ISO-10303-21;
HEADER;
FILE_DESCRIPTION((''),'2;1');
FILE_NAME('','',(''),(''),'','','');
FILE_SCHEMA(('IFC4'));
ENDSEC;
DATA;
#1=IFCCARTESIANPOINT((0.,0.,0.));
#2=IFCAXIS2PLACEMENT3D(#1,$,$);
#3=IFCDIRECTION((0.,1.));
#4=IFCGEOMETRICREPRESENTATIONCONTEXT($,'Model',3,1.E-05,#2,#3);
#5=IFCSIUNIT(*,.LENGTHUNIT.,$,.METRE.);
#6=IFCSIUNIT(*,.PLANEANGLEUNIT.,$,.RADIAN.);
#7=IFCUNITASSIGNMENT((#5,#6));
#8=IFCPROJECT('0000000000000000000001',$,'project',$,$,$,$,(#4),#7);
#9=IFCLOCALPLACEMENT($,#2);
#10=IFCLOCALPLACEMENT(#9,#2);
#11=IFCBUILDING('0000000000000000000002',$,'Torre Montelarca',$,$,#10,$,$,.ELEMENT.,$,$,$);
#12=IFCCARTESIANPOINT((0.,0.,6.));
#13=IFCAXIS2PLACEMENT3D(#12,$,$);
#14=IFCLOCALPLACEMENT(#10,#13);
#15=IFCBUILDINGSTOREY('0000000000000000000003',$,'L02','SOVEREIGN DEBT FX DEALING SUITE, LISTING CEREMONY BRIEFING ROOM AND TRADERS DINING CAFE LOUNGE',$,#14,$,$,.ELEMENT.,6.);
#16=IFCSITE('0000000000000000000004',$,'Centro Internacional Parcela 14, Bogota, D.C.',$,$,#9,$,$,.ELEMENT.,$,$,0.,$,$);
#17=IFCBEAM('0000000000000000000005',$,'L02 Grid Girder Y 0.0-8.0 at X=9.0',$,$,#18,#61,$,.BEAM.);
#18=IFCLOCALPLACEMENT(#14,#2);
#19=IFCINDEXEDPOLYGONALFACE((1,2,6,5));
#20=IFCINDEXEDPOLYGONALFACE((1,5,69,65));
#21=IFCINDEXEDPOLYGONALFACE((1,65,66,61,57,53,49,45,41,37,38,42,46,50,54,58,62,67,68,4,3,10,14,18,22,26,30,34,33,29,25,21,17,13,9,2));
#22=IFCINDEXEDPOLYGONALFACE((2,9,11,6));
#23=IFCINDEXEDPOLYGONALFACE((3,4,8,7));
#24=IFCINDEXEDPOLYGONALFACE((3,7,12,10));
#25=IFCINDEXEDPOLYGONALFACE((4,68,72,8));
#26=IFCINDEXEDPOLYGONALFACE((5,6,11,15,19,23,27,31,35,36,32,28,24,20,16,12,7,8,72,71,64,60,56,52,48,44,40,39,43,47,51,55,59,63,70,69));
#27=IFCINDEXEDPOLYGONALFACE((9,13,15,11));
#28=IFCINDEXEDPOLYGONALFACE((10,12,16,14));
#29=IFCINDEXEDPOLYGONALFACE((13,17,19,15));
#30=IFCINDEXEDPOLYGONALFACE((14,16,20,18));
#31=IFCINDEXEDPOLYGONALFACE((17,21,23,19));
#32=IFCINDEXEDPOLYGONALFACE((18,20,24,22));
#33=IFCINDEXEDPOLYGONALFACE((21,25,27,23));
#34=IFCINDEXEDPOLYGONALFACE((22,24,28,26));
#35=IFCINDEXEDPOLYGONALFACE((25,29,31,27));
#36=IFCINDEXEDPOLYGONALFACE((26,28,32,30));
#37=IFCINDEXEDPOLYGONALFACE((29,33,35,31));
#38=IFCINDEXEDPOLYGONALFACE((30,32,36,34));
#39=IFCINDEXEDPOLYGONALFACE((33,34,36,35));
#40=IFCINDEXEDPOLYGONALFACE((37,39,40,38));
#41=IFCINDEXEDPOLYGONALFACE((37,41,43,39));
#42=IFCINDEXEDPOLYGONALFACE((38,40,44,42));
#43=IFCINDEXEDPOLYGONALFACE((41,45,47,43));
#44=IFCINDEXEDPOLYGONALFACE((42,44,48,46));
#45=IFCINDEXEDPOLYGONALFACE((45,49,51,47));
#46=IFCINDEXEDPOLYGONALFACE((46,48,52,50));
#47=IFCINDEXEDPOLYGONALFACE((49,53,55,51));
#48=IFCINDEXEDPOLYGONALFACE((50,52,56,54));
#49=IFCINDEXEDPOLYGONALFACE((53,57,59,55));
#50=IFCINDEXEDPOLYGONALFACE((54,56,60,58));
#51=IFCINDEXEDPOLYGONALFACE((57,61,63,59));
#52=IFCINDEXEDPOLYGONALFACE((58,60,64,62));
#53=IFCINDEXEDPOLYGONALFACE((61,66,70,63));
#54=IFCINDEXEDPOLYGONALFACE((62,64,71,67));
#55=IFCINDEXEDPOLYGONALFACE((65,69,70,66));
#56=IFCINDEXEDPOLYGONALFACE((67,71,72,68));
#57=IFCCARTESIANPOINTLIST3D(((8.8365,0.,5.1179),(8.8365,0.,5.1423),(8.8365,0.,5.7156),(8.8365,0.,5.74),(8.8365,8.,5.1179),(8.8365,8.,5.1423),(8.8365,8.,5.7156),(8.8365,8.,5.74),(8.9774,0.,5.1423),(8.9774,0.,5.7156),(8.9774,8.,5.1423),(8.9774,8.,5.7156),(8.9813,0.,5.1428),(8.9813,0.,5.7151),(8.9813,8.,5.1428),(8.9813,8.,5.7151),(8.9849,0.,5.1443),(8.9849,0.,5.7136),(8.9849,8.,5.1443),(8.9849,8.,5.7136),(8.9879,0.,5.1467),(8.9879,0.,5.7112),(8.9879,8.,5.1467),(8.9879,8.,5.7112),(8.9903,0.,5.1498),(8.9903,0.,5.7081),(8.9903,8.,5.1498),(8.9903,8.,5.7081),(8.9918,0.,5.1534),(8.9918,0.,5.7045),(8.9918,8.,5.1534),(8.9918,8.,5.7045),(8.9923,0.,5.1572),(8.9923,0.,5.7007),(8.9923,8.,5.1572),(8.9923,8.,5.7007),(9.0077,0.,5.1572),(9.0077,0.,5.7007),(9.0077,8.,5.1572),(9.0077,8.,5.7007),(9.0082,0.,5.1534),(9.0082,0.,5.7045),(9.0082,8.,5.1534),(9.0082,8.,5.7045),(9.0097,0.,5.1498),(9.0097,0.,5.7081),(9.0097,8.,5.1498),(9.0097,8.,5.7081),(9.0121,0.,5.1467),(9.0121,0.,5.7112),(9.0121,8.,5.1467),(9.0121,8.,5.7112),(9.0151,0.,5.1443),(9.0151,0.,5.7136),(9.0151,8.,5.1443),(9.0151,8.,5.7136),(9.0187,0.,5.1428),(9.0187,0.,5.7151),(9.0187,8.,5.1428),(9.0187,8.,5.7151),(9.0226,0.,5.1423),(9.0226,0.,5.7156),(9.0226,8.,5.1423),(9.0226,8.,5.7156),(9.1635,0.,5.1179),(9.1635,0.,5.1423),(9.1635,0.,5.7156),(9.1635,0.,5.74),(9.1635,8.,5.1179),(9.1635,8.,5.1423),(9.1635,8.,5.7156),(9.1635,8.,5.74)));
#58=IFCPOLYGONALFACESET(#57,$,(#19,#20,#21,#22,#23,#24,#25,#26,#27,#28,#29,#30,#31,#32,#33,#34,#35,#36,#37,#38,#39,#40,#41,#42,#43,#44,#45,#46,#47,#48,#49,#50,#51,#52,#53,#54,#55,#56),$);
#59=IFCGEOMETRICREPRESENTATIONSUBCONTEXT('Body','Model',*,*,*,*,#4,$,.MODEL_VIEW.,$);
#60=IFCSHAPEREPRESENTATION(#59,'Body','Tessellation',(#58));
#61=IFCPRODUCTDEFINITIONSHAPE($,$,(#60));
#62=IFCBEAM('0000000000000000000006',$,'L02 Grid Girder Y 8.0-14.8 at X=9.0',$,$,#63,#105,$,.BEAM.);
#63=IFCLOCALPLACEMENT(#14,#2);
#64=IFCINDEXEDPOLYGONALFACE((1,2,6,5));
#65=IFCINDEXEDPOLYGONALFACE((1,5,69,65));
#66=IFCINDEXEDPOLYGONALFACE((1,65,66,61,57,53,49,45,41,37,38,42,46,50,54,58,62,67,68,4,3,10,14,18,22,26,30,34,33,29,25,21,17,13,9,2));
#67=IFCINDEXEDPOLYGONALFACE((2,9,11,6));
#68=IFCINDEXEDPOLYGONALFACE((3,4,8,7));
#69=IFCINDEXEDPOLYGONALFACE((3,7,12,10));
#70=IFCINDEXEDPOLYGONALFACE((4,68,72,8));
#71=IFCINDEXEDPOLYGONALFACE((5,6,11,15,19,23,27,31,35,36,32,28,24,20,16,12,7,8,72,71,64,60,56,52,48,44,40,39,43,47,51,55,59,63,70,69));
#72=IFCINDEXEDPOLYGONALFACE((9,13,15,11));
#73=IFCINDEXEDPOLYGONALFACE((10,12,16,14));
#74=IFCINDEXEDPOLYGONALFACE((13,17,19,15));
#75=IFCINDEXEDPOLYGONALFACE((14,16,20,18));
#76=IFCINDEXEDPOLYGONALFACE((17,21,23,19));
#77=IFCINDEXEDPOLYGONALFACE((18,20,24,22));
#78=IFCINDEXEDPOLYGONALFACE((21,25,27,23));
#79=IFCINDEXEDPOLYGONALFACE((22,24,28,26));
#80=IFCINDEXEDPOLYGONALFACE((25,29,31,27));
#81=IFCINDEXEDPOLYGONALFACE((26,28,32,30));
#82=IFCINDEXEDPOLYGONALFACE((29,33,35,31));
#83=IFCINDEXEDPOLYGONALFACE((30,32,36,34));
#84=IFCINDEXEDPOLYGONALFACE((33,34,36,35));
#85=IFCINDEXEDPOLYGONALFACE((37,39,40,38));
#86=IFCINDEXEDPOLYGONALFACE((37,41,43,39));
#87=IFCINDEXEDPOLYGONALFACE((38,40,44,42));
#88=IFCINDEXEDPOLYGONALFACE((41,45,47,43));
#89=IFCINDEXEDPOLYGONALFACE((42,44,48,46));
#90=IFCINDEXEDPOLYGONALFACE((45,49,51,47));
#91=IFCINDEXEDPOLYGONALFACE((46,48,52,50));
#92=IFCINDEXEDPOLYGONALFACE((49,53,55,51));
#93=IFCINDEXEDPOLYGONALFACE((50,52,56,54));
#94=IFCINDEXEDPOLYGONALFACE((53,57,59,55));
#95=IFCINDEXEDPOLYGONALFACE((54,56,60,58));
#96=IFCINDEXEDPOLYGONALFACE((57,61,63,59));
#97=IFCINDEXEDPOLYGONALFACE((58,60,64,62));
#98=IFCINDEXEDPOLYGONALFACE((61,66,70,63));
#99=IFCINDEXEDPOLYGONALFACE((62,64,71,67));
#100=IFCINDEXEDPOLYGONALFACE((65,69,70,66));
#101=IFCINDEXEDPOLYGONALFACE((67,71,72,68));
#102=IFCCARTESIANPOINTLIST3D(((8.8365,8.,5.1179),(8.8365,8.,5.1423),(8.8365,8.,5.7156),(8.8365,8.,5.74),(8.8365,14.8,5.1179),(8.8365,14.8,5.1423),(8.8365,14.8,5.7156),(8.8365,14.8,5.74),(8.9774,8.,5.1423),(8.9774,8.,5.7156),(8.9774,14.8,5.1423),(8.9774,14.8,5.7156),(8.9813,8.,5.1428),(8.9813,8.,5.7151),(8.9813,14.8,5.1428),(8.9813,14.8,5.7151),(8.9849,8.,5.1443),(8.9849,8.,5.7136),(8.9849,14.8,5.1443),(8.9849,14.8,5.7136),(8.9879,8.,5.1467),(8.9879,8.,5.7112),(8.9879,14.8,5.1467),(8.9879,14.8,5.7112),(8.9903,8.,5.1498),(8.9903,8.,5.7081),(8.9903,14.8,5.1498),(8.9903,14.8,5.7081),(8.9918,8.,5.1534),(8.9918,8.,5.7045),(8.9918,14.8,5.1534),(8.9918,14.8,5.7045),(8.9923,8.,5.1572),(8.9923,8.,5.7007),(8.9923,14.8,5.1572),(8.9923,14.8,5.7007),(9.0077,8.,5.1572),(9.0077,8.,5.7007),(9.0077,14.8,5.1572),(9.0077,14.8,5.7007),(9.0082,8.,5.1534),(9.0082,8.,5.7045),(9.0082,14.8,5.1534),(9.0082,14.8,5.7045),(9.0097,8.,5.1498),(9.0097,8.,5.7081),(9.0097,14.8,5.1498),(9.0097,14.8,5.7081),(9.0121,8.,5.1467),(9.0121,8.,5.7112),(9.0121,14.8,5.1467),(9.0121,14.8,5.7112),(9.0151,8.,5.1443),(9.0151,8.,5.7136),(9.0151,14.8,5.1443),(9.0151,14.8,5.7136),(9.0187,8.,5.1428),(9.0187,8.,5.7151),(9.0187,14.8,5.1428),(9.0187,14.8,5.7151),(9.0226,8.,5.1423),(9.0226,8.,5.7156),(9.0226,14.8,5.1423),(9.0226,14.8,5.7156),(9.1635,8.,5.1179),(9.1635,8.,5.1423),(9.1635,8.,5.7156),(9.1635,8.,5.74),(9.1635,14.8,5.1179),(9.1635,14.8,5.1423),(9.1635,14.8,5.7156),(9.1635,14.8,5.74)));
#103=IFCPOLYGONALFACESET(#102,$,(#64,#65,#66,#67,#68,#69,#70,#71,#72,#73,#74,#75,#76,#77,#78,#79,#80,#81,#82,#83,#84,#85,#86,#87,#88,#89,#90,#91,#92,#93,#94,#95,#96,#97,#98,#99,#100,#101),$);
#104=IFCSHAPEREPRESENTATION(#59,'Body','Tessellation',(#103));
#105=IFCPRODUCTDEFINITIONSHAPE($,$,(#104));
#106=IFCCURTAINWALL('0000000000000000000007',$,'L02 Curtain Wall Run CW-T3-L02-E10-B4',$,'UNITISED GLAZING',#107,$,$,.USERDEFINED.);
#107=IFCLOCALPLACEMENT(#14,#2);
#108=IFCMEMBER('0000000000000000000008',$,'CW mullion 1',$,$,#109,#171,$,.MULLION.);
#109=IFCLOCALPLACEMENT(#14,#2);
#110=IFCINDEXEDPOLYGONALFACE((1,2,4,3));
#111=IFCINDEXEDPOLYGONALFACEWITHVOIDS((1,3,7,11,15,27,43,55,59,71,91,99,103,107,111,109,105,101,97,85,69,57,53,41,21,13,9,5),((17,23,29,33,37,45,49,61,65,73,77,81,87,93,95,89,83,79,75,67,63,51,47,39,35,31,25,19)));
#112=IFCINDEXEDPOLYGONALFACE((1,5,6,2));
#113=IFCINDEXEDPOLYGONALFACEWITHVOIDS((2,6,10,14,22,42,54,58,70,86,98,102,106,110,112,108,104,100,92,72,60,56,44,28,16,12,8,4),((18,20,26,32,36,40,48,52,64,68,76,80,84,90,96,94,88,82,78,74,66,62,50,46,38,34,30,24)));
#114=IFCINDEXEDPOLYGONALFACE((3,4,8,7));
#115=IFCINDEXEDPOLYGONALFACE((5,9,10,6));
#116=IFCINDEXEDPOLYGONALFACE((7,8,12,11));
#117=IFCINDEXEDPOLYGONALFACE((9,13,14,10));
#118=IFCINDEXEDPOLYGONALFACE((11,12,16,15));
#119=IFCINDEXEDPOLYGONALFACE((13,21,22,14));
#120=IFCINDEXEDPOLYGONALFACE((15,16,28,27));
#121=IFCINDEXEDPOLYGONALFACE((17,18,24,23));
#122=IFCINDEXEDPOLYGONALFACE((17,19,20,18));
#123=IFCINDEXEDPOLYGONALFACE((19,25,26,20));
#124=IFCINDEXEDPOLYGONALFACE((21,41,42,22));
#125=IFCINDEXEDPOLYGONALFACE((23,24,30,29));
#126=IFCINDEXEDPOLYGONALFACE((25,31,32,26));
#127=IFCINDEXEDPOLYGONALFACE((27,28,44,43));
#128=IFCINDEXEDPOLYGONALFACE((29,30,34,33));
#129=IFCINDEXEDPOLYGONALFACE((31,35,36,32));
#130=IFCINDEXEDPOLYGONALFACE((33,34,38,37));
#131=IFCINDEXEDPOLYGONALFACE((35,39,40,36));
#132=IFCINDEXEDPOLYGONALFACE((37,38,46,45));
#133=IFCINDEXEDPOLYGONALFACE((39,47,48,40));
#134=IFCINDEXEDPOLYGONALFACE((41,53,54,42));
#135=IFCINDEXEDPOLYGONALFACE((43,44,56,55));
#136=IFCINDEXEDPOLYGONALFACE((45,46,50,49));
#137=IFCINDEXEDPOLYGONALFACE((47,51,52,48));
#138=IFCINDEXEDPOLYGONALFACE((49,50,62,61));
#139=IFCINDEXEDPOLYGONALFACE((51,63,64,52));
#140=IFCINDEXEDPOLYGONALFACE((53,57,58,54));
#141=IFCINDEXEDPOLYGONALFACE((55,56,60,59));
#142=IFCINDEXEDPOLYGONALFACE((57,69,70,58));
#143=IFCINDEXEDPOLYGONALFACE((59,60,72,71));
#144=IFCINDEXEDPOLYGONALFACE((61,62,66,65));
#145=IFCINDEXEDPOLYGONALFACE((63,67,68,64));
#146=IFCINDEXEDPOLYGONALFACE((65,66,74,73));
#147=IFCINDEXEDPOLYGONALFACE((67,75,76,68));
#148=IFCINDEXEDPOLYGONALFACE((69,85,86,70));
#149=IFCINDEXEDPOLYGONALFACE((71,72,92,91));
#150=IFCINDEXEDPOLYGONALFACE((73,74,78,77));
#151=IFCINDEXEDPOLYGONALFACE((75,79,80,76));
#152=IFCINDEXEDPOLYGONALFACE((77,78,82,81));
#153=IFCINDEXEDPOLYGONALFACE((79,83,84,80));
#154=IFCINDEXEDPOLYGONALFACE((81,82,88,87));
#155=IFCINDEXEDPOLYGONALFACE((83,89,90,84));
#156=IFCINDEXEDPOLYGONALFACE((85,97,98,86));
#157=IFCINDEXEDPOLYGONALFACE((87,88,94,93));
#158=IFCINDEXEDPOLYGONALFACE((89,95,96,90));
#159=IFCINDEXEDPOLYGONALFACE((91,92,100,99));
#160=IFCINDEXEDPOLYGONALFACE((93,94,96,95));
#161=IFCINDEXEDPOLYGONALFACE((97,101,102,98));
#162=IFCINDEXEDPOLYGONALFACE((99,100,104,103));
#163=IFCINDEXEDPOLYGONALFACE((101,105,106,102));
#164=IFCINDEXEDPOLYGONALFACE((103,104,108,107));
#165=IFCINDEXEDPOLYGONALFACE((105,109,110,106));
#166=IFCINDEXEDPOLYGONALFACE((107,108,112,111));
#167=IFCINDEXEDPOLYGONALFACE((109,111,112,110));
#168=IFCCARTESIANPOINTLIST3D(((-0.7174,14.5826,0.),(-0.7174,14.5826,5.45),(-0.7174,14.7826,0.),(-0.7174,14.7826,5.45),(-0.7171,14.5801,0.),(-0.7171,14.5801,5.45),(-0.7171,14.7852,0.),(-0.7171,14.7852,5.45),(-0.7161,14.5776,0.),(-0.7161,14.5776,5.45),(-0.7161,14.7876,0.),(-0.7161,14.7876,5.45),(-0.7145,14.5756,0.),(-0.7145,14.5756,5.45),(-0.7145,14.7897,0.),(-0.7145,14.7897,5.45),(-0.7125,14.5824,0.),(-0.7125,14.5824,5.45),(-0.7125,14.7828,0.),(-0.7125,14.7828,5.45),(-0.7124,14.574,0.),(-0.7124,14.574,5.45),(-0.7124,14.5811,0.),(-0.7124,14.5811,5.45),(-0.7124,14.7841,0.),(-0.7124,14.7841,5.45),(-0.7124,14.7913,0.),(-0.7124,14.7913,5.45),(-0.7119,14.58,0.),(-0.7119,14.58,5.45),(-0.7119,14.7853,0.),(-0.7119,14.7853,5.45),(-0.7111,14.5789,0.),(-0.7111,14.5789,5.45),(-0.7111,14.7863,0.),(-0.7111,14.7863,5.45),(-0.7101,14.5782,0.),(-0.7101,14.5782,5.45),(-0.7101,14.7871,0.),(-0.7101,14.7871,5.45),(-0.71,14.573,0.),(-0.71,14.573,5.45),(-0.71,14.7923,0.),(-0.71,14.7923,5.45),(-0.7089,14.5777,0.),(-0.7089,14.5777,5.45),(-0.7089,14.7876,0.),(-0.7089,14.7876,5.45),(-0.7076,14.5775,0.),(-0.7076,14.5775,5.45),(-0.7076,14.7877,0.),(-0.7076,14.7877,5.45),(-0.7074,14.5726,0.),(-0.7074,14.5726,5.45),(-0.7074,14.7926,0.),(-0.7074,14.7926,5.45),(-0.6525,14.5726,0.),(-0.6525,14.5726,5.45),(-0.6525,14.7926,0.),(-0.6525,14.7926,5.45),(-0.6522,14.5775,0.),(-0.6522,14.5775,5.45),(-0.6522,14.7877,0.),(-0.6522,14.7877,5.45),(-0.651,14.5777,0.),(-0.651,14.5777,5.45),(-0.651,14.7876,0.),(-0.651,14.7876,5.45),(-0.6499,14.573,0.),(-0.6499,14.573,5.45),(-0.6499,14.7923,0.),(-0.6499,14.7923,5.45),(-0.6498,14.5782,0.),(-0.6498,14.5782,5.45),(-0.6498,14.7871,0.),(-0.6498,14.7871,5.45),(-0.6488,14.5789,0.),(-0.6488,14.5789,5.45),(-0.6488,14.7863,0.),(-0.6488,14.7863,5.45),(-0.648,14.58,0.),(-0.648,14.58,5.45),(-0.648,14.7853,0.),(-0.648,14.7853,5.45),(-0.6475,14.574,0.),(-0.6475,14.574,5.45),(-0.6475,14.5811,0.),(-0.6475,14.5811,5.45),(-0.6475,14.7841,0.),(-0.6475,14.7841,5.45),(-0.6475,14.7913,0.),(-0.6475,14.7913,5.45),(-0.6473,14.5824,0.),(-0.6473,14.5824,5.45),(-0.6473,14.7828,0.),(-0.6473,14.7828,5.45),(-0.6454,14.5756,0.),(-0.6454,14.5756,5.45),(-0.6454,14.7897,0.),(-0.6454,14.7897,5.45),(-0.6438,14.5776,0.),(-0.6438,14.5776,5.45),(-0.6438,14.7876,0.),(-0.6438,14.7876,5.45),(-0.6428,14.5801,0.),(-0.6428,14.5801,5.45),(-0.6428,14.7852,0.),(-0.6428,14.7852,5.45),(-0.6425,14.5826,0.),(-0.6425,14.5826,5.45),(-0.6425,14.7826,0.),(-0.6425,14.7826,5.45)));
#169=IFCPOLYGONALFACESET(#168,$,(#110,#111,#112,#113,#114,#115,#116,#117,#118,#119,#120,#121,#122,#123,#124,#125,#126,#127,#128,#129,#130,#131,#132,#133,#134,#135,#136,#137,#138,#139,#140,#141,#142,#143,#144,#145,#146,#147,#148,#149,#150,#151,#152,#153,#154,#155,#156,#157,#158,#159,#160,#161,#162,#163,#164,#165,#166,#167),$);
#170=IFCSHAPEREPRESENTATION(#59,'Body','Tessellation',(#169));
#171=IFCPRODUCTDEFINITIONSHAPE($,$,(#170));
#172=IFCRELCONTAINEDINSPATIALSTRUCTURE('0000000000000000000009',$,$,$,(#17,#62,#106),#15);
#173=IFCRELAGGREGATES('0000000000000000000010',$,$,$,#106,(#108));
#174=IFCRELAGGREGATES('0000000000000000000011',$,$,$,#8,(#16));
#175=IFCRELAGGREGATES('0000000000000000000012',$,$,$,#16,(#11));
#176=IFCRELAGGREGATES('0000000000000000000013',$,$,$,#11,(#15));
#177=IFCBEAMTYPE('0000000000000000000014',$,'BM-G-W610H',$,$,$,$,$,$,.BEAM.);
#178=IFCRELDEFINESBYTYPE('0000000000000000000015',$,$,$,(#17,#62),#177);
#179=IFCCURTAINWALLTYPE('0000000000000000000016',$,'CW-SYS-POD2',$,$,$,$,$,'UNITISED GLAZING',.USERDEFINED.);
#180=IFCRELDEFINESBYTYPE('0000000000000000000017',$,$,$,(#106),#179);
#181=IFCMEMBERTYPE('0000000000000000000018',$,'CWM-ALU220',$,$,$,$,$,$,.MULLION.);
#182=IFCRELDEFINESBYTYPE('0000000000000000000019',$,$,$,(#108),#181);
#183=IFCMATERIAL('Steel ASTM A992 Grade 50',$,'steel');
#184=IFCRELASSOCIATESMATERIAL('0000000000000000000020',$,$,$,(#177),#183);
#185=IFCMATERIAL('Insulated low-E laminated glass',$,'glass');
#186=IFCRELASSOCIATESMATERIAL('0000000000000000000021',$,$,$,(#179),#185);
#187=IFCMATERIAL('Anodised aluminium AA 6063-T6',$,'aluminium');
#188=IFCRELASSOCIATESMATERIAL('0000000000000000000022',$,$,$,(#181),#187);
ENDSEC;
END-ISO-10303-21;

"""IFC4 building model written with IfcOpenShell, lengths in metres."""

from ifc_helpers import new_model, si_unit, direction, frame, origin, origin_2d, place, context, subcontext, project, spatial, hollow_rectangle, i_section, extrude, source, transform, mapped, material, material_profile, profile_set, type_object, element, aggregate, save


model = new_model("IFC4")

# Units and contexts
model_context = context("Model", 3, precision=1e-05, world=origin(), true_north=direction((0.0, 1.0)))
body_context = subcontext(model_context, "Body", "Model", "MODEL_VIEW")
ifc_project = project(units=[si_unit("LENGTHUNIT", "METRE"), si_unit("PLANEANGLEUNIT", "RADIAN")], contexts=[model_context])

# Site, building, storey
site_placement = place(None, origin())
site = spatial("IfcSite", under=ifc_project, at=site_placement, Name="Centro Internacional Parcela 14, Bogota, D.C.", CompositionType="ELEMENT", RefElevation=0.0)
building_placement = place(site_placement, origin())
building = spatial("IfcBuilding", under=site, at=building_placement, Name="Torre Montelarca", CompositionType="ELEMENT")
storey_placement = place(building_placement, frame((0.0, 0.0, 6.0)))
storey = spatial("IfcBuildingStorey", under=building, at=storey_placement, Name="L02", Description="SOVEREIGN DEBT FX DEALING SUITE, LISTING CEREMONY BRIEFING ROOM AND TRADERS DINING CAFE LOUNGE", CompositionType="ELEMENT", Elevation=6.0)

# Beams
ifc_material_1 = material(Name="Steel ASTM A992 Grade 50", Category="steel")
ifc_material_profile_1 = material_profile(ifc_material_1, i_section(OverallWidth=0.3269, OverallDepth=0.6221, WebThickness=0.0154, FlangeThickness=0.0244, FilletRadius=0.0149, at=origin_2d()), Name="W610X195", Category="steel")
ifc_profile_set_1 = profile_set([ifc_material_profile_1], Name="Steel ASTM A992 Grade 50")
beam_type_1 = type_object("IfcBeamType", Name="BM-G-W610H", PredefinedType="BEAM", material=ifc_profile_set_1)
shared_shape_1 = source(origin(), body_context, "Body", "SweptSolid", [
    extrude(i_section(OverallWidth=0.3269, OverallDepth=0.6221, WebThickness=0.0154, FlangeThickness=0.0244, FilletRadius=0.0149, at=origin_2d()), origin(), (0.0, 0.0, 1.0), 8.0),
])
beam_1_placement = place(storey_placement, frame((9.0, 0.0, 5.429), z_axis=(0.0, 1.0, 0.0), x_axis=(-1.0, 0.0, 0.0)))
element("IfcBeam", 1, at=beam_1_placement, inside=storey, type_object=beam_type_1, Name="L02 Grid Girder Y 0.0-8.0 at X=9.0", PredefinedType="BEAM", context=body_context, shape_type="MappedRepresentation", body=[
    mapped(shared_shape_1, transform((0.0, 0.0, 0.0), scale=1.0)),
])
shared_shape_2 = source(origin(), body_context, "Body", "SweptSolid", [
    extrude(i_section(OverallWidth=0.3269, OverallDepth=0.6221, WebThickness=0.0154, FlangeThickness=0.0244, FilletRadius=0.0149, at=origin_2d()), origin(), (0.0, 0.0, 1.0), 6.8),
])
beam_2_placement = place(storey_placement, frame((9.0, 8.0, 5.429), z_axis=(0.0, 1.0, 0.0), x_axis=(-1.0, 0.0, 0.0)))
element("IfcBeam", 2, at=beam_2_placement, inside=storey, type_object=beam_type_1, Name="L02 Grid Girder Y 8.0-14.8 at X=9.0", PredefinedType="BEAM", context=body_context, shape_type="MappedRepresentation", body=[
    mapped(shared_shape_2, transform((0.0, 0.0, 0.0), scale=1.0)),
])

# Curtain wall, member
ifc_material_2 = material(Name="Insulated low-E laminated glass", Category="glass")
curtain_wall_type = type_object("IfcCurtainWallType", Name="CW-SYS-POD2", ElementType="UNITISED GLAZING", PredefinedType="USERDEFINED", material=ifc_material_2)
curtain_wall_placement = place(storey_placement, origin())
curtain_wall = element("IfcCurtainWall", 3, at=curtain_wall_placement, inside=storey, type_object=curtain_wall_type, Name="L02 Curtain Wall Run CW-T3-L02-E10-B4", ObjectType="UNITISED GLAZING", PredefinedType="USERDEFINED")
ifc_material_3 = material(Name="Anodised aluminium AA 6063-T6", Category="aluminium")
ifc_material_profile_2 = material_profile(ifc_material_3, hollow_rectangle(XDim=0.075, YDim=0.22, WallThickness=0.0049, InnerFilletRadius=0.0049, OuterFilletRadius=0.01, at=origin_2d()), Name="ALU75X220X5", Category="aluminium")
ifc_profile_set_2 = profile_set([ifc_material_profile_2], Name="Anodised aluminium AA 6063-T6")
member_type_1 = type_object("IfcMemberType", Name="CWM-ALU220", PredefinedType="MULLION", material=ifc_profile_set_2)
shared_shape_3 = source(origin(), body_context, "Body", "SweptSolid", [
    extrude(hollow_rectangle(XDim=0.075, YDim=0.22, WallThickness=0.0049, InnerFilletRadius=0.0049, OuterFilletRadius=0.01, at=origin_2d()), origin(), (0.0, 0.0, 1.0), 5.45),
])
member_1_placement = place(storey_placement, frame((-0.6799, 14.6826, 0.0), z_axis=(0.0, 0.0, 1.0), x_axis=(1.0, 0.0, 0.0)))
member_1 = element("IfcMember", 4, at=member_1_placement, type_object=member_type_1, Name="CW mullion 1", PredefinedType="MULLION", context=body_context, shape_type="MappedRepresentation", body=[
    mapped(shared_shape_3, transform((0.0, 0.0, 0.0), scale=1.0)),
])

aggregate(curtain_wall, [member_1])

save(model, "model.ifc")
